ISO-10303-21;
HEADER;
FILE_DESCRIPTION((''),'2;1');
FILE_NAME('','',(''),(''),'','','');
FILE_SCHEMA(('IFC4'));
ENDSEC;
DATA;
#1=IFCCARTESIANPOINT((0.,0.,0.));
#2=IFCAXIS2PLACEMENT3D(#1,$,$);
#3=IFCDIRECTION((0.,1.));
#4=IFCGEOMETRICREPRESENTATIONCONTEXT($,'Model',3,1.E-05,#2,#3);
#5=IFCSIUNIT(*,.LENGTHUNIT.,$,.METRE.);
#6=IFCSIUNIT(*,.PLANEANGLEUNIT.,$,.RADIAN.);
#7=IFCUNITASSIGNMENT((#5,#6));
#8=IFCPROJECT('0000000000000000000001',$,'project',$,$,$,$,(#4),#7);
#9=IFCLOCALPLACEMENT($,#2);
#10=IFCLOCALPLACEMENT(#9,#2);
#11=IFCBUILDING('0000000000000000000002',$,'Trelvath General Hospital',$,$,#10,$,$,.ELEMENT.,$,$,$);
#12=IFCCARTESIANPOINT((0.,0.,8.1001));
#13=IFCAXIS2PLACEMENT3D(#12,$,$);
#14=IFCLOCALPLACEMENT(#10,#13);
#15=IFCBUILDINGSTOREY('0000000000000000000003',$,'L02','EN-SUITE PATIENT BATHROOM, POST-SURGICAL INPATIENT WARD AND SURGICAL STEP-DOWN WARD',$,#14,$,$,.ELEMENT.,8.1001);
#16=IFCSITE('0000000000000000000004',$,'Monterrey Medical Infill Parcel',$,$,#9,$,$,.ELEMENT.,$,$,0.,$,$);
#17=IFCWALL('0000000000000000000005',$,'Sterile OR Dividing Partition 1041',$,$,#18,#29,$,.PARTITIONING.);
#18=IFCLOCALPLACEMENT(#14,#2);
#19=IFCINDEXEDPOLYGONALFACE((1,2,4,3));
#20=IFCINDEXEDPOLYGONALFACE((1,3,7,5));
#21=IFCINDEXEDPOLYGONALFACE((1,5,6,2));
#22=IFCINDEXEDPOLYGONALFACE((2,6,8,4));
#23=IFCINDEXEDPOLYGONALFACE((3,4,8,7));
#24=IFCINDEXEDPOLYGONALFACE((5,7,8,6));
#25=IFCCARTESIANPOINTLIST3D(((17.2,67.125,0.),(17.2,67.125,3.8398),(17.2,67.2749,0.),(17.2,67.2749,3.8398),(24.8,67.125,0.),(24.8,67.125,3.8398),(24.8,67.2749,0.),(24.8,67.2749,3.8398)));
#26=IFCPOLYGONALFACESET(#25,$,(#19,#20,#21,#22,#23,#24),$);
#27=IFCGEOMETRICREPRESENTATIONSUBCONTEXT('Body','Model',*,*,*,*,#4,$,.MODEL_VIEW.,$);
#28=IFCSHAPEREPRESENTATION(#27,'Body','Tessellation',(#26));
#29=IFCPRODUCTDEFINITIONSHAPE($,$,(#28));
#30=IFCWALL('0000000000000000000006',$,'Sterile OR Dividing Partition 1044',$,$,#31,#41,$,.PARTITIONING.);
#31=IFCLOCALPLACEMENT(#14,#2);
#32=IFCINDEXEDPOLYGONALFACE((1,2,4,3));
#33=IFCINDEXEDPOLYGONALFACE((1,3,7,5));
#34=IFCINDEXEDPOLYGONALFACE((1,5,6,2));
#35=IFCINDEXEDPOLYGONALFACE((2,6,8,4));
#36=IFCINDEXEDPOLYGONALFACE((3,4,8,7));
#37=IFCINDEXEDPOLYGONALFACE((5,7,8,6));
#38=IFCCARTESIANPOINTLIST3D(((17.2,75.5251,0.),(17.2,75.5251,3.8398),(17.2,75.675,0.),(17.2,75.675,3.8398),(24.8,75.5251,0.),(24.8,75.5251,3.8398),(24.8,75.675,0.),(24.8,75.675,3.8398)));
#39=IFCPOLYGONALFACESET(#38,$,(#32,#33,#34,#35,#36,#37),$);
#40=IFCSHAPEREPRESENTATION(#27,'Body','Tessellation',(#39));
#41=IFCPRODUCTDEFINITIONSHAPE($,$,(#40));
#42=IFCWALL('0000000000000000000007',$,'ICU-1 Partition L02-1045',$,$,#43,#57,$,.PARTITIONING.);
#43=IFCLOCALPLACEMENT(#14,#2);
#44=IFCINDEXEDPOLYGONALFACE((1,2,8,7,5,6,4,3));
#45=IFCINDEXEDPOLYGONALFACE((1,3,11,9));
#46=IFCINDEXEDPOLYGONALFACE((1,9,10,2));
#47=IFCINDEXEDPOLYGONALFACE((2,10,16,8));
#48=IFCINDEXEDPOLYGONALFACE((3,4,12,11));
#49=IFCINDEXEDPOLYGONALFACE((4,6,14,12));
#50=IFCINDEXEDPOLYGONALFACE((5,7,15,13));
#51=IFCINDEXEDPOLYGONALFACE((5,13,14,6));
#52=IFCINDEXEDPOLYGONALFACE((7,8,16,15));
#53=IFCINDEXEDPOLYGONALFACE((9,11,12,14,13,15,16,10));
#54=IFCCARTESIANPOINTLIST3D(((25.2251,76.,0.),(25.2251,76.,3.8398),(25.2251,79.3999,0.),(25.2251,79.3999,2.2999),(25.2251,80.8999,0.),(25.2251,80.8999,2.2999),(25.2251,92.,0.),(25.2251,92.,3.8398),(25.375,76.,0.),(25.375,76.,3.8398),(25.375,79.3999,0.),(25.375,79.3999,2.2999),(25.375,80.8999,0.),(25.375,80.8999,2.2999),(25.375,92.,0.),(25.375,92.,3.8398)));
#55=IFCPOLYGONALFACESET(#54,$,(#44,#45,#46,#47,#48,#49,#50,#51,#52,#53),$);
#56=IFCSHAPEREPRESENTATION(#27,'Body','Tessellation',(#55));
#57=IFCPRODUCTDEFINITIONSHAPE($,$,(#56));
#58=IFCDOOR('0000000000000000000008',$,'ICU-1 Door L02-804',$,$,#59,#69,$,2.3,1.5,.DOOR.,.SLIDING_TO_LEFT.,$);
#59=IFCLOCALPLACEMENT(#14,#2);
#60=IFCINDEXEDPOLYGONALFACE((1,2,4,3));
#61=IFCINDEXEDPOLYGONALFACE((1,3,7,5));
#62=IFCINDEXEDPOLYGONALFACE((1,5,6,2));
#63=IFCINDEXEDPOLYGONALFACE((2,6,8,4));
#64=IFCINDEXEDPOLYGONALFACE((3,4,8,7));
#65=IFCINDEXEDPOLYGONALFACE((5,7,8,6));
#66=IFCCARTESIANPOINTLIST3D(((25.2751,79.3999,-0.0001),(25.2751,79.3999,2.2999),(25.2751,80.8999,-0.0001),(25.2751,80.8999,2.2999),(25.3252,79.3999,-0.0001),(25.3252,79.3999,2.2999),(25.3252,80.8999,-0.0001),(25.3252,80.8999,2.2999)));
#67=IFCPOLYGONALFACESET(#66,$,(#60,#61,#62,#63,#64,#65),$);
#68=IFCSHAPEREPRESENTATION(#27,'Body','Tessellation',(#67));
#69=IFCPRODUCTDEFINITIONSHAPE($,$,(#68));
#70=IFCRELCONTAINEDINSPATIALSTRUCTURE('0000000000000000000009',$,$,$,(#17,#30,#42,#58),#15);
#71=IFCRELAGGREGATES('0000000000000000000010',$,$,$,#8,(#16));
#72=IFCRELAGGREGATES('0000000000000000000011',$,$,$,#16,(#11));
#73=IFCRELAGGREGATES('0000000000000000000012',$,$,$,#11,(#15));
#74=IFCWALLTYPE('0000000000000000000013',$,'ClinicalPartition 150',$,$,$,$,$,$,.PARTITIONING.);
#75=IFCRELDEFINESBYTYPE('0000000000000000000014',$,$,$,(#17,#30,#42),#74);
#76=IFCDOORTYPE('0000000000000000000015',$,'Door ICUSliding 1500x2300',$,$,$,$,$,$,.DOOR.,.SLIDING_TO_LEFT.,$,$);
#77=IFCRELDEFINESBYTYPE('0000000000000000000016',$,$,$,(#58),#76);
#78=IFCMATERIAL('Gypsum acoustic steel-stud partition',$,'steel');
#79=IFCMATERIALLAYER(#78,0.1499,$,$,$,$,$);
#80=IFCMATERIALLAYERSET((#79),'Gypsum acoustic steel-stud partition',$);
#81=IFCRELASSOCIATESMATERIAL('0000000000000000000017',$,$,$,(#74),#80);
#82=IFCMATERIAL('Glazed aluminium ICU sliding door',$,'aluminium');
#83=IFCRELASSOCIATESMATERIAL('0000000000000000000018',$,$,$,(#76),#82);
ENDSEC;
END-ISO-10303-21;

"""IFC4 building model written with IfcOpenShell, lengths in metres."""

from ifc_helpers import new_model, si_unit, direction, frame, frame_2d, origin, place, context, subcontext, project, spatial, rectangle, extrude, material, layer, layer_set, type_object, element, fill, save


model = new_model("IFC4")

# Units and contexts
model_context = context("Model", 3, precision=1e-05, world=origin(), true_north=direction((0.0, 1.0)))
body_context = subcontext(model_context, "Body", "Model", "MODEL_VIEW")
ifc_project = project(units=[si_unit("LENGTHUNIT", "METRE"), si_unit("PLANEANGLEUNIT", "RADIAN")], contexts=[model_context])

# Site, building, storey
site_placement = place(None, origin())
site = spatial("IfcSite", under=ifc_project, at=site_placement, Name="Monterrey Medical Infill Parcel", CompositionType="ELEMENT", RefElevation=0.0)
building_placement = place(site_placement, origin())
building = spatial("IfcBuilding", under=site, at=building_placement, Name="Trelvath General Hospital", CompositionType="ELEMENT")
storey_placement = place(building_placement, frame((0.0, 0.0, 8.1001)))
storey = spatial("IfcBuildingStorey", under=building, at=storey_placement, Name="L02", Description="EN-SUITE PATIENT BATHROOM, POST-SURGICAL INPATIENT WARD AND SURGICAL STEP-DOWN WARD", CompositionType="ELEMENT", Elevation=8.1001)

# Shared definitions
ifc_material_1 = material(Name="Gypsum acoustic steel-stud partition", Category="steel")
ifc_layer = layer(ifc_material_1, 0.1499)
ifc_layer_set = layer_set([ifc_layer], Name="Gypsum acoustic steel-stud partition")
wall_type = type_object("IfcWallType", Name="ClinicalPartition 150", PredefinedType="PARTITIONING", material=ifc_layer_set)

# Walls
for number, where, z_axis, x_axis, name in (
    (1, (17.2, 67.2, 0.0), (0.0, 0.0, 1.0), (1.0, 0.0, 0.0), "Sterile OR Dividing Partition 1041"),
    (2, (17.2, 75.6001, 0.0), (0.0, 0.0, 1.0), (1.0, 0.0, 0.0), "Sterile OR Dividing Partition 1044"),
):
    element("IfcWall", number, at=place(storey_placement, frame(where, z_axis=z_axis, x_axis=x_axis)), inside=storey, type_object=wall_type, Name=name, PredefinedType="PARTITIONING", context=body_context, shape_type="SweptSolid", body=[
        extrude(rectangle(XDim=7.6001, YDim=0.1499, at=frame_2d((3.8, 0.0))), origin(), (0.0, 0.0, 1.0), 3.8398),
    ])

# Wall, opening, door
wall_1_placement = place(storey_placement, frame((25.3, 76.0, 0.0), z_axis=(0.0, 0.0, 1.0), x_axis=(0.0, 1.0, 0.0)))
wall_1 = element("IfcWall", 3, at=wall_1_placement, inside=storey, type_object=wall_type, Name="ICU-1 Partition L02-1045", PredefinedType="PARTITIONING", context=body_context, shape_type="SweptSolid", body=[
    extrude(rectangle(XDim=16.0, YDim=0.1499, at=frame_2d((8.0, 0.0))), origin(), (0.0, 0.0, 1.0), 3.8398),
])
opening_1_placement = place(wall_1_placement, frame((3.3999, 0.0, 0.0)))
opening_1 = element("IfcOpeningElement", 4, at=opening_1_placement, cuts=wall_1, PredefinedType="OPENING", context=body_context, shape_type="SweptSolid", body=[
    extrude(rectangle(XDim=1.5, YDim=2.3, at=frame_2d((0.75, 1.1499))), frame((0.0, 0.085, 0.0), z_axis=(0.0, -1.0, 0.0), x_axis=(1.0, 0.0, 0.0)), (0.0, 0.0, 1.0), 0.1699),
])
ifc_material_2 = material(Name="Glazed aluminium ICU sliding door", Category="aluminium")
door_type_1 = type_object("IfcDoorType", Name="Door ICUSliding 1500x2300", OperationType="SLIDING_TO_LEFT", PredefinedType="DOOR", material=ifc_material_2)
door_1_placement = place(opening_1_placement, origin())
door_1 = element("IfcDoor", 5, at=door_1_placement, inside=storey, type_object=door_type_1, Name="ICU-1 Door L02-804", OperationType="SLIDING_TO_LEFT", OverallHeight=2.3, OverallWidth=1.5, PredefinedType="DOOR", context=body_context, shape_type="SweptSolid", body=[
    extrude(rectangle(XDim=1.5, YDim=2.3, at=frame_2d((0.75, 1.1499))), frame((0.0, 0.0249, 0.0), z_axis=(0.0, -1.0, 0.0), x_axis=(1.0, 0.0, 0.0)), (0.0, 0.0, 1.0), 0.05),
])
fill(opening_1, door_1)

save(model, "model.ifc")
